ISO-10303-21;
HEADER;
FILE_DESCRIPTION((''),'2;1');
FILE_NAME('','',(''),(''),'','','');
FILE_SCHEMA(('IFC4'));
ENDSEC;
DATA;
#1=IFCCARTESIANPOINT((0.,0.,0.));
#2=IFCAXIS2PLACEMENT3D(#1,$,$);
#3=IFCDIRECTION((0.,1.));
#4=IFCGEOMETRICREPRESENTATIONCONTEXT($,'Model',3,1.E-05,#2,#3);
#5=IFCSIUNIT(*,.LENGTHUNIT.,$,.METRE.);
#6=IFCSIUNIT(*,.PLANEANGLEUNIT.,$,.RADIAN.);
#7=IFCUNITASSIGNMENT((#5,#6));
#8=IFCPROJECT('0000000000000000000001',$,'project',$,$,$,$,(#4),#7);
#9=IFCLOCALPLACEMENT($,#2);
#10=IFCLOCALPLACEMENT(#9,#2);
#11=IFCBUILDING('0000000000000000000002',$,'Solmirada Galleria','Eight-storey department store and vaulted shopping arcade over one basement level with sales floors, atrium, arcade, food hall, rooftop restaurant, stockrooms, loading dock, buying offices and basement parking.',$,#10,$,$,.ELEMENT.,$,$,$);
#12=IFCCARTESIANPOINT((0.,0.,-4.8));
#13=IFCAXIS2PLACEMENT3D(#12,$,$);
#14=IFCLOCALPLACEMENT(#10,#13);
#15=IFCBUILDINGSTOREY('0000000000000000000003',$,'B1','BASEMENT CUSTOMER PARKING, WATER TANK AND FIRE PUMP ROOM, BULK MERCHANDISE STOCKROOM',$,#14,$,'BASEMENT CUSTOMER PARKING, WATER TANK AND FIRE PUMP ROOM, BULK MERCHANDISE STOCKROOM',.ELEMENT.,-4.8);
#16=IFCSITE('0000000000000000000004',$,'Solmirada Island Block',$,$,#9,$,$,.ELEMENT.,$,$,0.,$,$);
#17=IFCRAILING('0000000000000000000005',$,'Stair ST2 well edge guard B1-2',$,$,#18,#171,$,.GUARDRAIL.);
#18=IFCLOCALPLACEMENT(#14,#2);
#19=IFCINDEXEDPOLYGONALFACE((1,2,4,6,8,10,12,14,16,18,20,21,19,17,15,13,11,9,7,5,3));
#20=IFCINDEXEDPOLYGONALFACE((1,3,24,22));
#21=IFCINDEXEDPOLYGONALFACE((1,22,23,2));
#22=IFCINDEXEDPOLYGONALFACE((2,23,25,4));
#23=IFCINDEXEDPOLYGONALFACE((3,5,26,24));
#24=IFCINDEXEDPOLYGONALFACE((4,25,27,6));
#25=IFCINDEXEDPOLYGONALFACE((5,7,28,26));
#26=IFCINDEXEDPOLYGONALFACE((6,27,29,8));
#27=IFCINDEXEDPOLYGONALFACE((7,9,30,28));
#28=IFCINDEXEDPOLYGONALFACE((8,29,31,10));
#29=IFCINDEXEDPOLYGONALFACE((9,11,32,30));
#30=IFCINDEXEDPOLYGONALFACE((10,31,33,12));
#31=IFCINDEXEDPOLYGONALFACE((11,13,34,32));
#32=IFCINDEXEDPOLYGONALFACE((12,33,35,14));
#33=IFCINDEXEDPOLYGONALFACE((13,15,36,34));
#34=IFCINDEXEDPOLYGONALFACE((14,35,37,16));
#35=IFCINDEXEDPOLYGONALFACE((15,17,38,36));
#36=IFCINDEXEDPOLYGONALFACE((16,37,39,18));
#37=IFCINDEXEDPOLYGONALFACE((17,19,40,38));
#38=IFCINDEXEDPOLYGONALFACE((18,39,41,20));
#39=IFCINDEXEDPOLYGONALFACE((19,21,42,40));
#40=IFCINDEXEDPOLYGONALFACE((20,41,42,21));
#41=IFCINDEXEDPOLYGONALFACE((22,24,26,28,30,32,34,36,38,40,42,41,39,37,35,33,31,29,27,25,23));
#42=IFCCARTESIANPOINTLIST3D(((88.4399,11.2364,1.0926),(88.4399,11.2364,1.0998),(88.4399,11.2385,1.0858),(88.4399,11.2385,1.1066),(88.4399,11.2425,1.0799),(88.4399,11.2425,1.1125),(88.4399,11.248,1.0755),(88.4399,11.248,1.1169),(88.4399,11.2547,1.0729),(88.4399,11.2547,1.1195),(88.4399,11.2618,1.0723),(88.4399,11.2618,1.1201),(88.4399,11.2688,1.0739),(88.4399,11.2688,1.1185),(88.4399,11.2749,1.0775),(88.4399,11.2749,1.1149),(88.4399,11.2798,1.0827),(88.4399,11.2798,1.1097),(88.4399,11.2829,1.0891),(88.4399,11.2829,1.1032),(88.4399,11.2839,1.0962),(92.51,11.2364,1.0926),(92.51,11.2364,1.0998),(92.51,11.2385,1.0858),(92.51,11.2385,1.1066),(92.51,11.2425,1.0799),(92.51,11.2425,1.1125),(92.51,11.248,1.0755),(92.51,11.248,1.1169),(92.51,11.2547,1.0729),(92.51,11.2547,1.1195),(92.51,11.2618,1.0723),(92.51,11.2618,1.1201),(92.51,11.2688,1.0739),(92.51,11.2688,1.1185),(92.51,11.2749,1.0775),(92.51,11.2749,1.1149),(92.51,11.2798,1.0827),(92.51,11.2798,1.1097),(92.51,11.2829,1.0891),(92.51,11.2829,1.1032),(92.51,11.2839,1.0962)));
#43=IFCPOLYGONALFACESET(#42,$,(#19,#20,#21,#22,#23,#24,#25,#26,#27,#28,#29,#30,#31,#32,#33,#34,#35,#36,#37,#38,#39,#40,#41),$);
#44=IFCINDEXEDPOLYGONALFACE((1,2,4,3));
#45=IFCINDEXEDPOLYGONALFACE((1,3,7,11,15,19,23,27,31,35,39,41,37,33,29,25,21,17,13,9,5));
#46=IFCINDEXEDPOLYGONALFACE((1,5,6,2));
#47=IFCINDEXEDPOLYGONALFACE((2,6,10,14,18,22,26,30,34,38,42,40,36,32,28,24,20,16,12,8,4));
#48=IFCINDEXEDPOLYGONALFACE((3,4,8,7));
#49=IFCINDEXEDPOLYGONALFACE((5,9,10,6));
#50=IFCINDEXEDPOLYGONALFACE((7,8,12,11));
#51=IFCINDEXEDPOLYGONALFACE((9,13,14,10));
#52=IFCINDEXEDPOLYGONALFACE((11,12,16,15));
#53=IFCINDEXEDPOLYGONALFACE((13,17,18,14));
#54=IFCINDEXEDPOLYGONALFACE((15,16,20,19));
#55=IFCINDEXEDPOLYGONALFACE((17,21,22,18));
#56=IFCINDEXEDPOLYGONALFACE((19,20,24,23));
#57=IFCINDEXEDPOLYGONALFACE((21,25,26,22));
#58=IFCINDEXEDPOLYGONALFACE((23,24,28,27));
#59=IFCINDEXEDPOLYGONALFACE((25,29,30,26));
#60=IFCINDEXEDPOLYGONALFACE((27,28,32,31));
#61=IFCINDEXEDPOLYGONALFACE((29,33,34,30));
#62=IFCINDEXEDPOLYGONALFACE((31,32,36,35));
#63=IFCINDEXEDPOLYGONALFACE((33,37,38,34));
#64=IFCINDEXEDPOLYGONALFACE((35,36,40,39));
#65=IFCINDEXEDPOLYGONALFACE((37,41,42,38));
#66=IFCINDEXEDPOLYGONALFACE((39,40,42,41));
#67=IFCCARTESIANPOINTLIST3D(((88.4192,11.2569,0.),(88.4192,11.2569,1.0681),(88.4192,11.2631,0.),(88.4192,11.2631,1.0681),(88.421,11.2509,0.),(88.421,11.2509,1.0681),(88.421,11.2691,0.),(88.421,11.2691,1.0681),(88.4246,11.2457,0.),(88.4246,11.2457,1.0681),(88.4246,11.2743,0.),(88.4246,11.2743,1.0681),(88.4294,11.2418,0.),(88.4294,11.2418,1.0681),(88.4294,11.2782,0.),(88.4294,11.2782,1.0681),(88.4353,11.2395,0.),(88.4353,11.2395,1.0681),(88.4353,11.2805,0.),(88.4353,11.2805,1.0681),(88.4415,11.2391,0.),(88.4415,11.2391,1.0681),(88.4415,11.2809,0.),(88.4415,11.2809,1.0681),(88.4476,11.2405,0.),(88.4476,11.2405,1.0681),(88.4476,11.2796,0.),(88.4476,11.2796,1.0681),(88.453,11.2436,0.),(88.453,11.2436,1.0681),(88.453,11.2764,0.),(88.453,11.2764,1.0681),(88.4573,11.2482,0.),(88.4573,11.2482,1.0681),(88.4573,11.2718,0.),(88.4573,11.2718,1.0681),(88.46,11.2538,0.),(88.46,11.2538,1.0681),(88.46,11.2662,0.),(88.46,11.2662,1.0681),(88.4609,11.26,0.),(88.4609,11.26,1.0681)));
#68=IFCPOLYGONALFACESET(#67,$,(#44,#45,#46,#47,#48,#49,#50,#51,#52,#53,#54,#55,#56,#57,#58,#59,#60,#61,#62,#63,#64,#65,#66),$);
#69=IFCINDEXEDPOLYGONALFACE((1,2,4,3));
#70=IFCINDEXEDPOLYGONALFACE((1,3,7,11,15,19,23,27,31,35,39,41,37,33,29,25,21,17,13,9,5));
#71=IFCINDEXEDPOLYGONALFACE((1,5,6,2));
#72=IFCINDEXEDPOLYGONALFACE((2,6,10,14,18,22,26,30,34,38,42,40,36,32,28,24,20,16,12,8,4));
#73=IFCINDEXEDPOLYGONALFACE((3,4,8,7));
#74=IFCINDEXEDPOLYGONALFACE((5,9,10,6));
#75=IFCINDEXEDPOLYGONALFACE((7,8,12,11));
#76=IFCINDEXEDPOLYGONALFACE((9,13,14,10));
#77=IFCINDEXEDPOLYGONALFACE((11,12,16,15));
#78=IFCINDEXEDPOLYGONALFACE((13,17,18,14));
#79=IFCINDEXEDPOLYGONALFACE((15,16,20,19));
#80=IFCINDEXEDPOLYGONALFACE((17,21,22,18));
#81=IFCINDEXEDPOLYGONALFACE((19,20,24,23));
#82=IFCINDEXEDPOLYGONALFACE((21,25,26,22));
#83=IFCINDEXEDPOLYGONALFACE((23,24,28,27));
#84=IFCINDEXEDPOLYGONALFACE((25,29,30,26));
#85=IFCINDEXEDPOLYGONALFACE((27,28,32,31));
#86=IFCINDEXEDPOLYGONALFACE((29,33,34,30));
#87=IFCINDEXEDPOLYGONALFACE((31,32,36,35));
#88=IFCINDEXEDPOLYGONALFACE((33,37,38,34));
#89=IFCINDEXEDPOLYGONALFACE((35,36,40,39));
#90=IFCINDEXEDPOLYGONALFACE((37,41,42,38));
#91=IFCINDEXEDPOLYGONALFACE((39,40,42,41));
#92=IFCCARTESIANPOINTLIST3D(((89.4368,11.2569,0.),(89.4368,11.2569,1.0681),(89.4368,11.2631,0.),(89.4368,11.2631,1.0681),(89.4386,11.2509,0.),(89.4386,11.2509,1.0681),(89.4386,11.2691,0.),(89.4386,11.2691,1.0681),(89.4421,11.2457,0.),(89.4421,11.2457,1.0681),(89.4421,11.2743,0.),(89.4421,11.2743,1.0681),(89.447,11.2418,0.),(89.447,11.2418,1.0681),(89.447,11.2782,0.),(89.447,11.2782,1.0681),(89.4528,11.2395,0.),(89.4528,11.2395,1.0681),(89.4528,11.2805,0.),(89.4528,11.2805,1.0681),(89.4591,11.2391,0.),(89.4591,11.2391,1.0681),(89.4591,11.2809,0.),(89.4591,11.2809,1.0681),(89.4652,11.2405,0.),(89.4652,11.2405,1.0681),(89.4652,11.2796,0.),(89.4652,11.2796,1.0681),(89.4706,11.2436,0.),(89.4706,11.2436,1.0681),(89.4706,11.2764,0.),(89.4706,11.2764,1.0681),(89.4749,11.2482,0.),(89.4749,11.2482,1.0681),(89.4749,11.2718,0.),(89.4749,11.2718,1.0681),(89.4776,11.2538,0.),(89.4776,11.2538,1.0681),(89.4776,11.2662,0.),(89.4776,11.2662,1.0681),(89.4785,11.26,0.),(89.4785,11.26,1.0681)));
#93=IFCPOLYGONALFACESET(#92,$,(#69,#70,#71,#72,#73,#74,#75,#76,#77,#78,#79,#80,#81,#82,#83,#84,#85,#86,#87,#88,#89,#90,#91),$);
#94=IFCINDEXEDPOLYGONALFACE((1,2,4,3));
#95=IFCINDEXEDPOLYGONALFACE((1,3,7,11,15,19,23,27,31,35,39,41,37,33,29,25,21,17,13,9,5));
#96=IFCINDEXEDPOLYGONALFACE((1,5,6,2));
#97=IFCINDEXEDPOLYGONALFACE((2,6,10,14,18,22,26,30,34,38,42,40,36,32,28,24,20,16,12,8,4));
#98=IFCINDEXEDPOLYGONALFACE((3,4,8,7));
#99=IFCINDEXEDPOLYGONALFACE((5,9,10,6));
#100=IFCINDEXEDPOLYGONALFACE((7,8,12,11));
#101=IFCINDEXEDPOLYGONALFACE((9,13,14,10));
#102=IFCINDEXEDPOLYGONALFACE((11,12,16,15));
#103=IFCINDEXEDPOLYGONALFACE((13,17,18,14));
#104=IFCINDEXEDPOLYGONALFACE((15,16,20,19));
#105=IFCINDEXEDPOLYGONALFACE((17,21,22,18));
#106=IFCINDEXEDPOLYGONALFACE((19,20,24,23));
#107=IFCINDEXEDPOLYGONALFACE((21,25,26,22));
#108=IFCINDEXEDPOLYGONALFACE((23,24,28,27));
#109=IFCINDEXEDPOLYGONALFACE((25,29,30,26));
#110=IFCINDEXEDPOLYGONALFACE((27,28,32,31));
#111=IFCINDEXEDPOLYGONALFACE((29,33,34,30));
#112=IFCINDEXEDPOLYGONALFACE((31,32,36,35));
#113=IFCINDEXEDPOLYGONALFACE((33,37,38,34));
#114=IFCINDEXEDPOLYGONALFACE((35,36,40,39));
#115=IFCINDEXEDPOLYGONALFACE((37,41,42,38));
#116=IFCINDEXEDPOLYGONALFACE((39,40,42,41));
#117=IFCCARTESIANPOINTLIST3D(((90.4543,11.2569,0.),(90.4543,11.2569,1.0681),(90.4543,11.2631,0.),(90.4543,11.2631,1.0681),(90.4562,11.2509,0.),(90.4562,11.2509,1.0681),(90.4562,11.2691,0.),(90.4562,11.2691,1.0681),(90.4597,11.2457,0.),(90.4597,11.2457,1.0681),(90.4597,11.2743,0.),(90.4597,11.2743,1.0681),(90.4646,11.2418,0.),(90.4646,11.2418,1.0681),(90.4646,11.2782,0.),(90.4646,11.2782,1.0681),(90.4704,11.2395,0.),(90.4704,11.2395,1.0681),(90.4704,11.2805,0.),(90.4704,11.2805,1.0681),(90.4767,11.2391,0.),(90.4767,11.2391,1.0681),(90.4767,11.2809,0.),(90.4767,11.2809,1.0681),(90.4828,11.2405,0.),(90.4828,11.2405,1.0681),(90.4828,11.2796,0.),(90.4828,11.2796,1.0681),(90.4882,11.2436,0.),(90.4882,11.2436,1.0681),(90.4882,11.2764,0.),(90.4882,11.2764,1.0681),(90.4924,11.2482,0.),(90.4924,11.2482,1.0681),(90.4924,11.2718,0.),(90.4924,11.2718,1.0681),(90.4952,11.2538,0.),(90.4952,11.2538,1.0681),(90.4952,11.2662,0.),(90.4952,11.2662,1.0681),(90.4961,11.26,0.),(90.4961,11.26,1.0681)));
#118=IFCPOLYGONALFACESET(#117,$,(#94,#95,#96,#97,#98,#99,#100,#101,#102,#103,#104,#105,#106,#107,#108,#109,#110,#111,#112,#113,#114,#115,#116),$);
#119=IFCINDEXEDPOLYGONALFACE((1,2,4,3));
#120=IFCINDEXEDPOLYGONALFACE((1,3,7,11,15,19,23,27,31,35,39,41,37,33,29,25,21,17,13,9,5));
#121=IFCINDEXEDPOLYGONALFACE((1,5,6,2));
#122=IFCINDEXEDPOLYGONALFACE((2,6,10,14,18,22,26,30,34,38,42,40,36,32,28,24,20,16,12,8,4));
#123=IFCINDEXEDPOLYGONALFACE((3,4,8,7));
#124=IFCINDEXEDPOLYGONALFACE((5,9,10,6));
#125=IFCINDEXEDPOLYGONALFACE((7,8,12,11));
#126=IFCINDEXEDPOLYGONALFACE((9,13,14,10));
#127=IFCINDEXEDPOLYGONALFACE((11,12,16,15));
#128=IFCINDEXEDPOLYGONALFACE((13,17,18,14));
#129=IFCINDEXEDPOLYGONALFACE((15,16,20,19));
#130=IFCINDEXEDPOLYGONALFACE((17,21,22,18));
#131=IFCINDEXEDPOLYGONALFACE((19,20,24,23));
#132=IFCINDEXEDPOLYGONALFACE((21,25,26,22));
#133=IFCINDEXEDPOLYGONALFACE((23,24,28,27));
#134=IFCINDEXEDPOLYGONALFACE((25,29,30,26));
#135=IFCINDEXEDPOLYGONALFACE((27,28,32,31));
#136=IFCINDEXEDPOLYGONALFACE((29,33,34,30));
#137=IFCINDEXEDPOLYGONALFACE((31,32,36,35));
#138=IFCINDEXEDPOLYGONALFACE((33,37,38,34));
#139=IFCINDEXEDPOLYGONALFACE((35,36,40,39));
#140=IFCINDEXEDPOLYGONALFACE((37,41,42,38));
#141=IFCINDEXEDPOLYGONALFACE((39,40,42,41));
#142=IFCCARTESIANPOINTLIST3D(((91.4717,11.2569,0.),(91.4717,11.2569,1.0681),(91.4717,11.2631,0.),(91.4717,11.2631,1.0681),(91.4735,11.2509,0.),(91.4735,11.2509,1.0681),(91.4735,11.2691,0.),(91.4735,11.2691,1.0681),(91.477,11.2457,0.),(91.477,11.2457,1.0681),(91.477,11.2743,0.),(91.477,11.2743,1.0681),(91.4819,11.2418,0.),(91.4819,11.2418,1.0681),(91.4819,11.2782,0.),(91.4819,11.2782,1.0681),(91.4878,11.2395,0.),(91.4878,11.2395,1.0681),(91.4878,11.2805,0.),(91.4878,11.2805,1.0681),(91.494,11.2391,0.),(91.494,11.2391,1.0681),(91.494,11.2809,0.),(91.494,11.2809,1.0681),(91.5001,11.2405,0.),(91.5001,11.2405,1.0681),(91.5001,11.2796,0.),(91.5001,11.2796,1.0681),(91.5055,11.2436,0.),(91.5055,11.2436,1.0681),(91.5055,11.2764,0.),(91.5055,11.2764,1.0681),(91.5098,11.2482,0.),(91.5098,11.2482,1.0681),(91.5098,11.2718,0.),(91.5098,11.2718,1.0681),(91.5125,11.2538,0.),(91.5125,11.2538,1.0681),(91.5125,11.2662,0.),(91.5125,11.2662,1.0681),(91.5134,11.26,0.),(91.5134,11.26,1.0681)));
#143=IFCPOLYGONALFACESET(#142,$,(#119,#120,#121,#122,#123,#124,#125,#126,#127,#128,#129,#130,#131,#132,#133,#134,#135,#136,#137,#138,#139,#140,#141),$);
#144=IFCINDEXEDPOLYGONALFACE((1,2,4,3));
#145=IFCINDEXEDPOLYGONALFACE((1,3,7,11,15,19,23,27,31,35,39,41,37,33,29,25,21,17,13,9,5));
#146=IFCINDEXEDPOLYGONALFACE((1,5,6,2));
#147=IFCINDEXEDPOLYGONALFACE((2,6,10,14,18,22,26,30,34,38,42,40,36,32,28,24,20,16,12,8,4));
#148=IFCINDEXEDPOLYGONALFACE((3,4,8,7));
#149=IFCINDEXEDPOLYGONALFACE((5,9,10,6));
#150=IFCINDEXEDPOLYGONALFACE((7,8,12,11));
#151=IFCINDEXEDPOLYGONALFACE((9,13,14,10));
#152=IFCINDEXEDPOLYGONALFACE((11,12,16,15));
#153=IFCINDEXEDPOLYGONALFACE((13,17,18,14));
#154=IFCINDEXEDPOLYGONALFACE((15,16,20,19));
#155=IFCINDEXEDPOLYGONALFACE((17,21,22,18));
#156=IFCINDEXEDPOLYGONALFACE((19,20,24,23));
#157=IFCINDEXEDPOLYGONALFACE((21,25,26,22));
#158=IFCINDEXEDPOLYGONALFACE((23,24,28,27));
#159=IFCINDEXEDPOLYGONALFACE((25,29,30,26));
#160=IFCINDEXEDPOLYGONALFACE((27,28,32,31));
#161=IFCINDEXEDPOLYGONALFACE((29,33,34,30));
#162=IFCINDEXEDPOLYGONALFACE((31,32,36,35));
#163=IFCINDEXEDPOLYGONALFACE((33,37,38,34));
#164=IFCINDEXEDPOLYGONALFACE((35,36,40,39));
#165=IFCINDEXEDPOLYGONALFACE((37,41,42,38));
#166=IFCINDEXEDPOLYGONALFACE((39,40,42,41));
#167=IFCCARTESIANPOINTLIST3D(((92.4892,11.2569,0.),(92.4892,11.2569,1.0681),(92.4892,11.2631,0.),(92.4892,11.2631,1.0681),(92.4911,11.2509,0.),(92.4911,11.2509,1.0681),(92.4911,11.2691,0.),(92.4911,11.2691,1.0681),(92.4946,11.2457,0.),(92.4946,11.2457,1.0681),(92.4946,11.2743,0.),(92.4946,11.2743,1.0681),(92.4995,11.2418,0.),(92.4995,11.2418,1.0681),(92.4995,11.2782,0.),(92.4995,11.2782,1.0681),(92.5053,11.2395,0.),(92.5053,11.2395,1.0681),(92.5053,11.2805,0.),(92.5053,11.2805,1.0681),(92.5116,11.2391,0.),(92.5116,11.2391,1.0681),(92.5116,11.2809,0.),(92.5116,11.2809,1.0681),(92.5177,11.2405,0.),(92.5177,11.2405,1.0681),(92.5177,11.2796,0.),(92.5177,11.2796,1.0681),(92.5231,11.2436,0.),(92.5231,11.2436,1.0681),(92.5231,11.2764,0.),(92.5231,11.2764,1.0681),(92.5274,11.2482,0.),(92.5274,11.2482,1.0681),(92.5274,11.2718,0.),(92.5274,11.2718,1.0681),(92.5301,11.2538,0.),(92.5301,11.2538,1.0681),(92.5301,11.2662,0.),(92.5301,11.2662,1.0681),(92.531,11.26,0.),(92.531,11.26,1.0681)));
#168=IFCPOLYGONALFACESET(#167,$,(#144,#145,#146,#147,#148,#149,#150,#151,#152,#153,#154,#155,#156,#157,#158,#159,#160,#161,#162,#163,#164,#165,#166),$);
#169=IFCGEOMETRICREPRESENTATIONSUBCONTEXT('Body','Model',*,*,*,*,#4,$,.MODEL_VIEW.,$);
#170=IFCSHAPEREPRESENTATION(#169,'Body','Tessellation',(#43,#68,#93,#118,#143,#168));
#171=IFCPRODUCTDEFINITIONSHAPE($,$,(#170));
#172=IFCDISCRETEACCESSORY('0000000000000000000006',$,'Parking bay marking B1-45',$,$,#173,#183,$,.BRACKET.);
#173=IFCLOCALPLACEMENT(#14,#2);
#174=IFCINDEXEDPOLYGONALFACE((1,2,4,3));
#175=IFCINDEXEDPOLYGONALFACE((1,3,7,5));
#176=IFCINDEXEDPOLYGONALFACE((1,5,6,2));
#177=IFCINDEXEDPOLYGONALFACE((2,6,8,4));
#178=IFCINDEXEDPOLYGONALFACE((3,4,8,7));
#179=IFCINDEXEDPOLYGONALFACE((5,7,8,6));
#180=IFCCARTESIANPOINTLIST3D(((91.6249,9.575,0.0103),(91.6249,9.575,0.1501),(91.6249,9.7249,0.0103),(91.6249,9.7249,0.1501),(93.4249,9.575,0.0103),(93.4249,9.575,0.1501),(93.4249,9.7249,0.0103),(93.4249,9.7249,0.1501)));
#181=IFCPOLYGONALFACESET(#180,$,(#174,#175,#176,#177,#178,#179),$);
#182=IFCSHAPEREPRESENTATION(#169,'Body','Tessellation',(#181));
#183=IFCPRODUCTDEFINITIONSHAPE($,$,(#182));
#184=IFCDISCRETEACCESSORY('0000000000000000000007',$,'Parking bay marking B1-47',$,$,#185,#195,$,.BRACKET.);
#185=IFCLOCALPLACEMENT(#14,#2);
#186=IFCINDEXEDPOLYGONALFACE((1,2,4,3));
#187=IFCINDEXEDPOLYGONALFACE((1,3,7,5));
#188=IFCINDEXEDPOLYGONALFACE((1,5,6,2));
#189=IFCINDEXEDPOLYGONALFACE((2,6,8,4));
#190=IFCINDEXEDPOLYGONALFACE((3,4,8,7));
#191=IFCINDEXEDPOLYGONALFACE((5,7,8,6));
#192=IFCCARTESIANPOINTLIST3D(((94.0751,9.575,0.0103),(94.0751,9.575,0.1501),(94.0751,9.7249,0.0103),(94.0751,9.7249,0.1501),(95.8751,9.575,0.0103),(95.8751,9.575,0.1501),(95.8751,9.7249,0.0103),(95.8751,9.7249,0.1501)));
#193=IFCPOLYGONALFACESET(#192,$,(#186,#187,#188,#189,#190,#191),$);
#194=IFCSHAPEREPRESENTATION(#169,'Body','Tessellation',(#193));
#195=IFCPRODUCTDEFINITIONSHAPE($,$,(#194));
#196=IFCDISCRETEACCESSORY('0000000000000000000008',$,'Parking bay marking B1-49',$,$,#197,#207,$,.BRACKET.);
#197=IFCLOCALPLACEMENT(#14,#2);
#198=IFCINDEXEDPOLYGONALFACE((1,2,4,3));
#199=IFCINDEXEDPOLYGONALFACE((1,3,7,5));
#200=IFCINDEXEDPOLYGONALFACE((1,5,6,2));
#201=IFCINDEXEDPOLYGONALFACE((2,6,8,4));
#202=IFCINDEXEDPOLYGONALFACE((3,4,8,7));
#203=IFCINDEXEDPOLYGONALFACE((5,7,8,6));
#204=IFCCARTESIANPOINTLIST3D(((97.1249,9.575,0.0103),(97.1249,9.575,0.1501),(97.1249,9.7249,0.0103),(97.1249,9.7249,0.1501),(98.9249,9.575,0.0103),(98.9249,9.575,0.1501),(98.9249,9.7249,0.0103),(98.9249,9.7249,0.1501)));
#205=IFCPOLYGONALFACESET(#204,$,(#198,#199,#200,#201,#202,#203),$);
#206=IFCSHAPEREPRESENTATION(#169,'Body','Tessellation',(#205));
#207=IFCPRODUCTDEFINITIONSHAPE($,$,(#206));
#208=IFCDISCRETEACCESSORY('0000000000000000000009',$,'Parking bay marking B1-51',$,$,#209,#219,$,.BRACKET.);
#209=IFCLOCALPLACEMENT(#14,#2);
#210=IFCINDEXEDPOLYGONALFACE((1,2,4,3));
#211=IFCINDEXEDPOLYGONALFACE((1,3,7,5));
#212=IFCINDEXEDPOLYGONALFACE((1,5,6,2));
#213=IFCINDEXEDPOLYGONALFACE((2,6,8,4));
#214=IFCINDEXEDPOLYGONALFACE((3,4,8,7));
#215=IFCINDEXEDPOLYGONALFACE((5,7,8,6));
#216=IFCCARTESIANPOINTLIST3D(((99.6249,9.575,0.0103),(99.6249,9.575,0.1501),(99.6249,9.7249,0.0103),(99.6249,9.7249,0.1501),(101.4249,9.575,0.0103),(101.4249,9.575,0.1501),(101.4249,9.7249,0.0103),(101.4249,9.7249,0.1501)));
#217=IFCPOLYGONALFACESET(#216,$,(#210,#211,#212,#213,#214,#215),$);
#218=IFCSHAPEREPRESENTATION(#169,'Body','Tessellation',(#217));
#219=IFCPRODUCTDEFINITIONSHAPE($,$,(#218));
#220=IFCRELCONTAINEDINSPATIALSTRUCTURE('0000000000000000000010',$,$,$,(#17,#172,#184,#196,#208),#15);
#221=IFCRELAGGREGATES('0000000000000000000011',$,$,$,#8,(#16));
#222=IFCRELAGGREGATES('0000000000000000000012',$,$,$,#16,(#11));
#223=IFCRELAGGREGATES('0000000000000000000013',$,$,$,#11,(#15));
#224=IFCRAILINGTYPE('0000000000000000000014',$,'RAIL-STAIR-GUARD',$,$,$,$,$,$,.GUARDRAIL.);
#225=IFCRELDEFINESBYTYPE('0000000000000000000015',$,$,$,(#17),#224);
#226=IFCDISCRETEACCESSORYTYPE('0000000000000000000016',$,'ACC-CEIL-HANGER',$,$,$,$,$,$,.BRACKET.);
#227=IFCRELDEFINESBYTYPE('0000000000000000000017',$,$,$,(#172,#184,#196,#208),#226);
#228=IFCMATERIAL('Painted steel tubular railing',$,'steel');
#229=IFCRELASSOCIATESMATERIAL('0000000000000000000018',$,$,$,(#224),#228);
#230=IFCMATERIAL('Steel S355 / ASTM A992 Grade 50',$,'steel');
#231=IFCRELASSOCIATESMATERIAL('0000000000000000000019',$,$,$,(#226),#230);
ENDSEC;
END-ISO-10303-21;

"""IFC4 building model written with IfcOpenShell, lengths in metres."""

from ifc_helpers import new_model, si_unit, direction, frame, origin, origin_2d, place, context, subcontext, project, spatial, rectangle, circle, extrude, material, type_object, element, save


model = new_model("IFC4")

# Units and contexts
model_context = context("Model", 3, precision=1e-05, world=origin(), true_north=direction((0.0, 1.0)))
body_context = subcontext(model_context, "Body", "Model", "MODEL_VIEW")
ifc_project = project(units=[si_unit("LENGTHUNIT", "METRE"), si_unit("PLANEANGLEUNIT", "RADIAN")], contexts=[model_context])

# Site, building, storey
site_placement = place(None, origin())
site = spatial("IfcSite", under=ifc_project, at=site_placement, Name="Solmirada Island Block", CompositionType="ELEMENT", RefElevation=0.0)
building_placement = place(site_placement, origin())
building = spatial("IfcBuilding", under=site, at=building_placement, Name="Solmirada Galleria", Description="Eight-storey department store and vaulted shopping arcade over one basement level with sales floors, atrium, arcade, food hall, rooftop restaurant, stockrooms, loading dock, buying offices and basement parking.", CompositionType="ELEMENT")
storey_placement = place(building_placement, frame((0.0, 0.0, -4.8)))
storey = spatial("IfcBuildingStorey", under=building, at=storey_placement, Name="B1", Description="BASEMENT CUSTOMER PARKING, WATER TANK AND FIRE PUMP ROOM, BULK MERCHANDISE STOCKROOM", LongName="BASEMENT CUSTOMER PARKING, WATER TANK AND FIRE PUMP ROOM, BULK MERCHANDISE STOCKROOM", CompositionType="ELEMENT", Elevation=-4.8)

# Shared definitions
ifc_material_1 = material(Name="Steel S355 / ASTM A992 Grade 50", Category="steel")

# Railing
ifc_material_2 = material(Name="Painted steel tubular railing", Category="steel")
railing_type = type_object("IfcRailingType", Name="RAIL-STAIR-GUARD", PredefinedType="GUARDRAIL", material=ifc_material_2)
railing_1_placement = place(storey_placement, frame((88.4399, 11.26, 0.0)))
element("IfcRailing", 1, at=railing_1_placement, inside=storey, type_object=railing_type, Name="Stair ST2 well edge guard B1-2", PredefinedType="GUARDRAIL", context=body_context, shape_type="SweptSolid", body=[
    extrude(circle(Radius=0.0239, at=origin_2d()), frame((0.0, 0.0, 1.0962), z_axis=(1.0, 0.0, 0.0), x_axis=(0.0, 1.0, 0.0)), (0.0, 0.0, 1.0), 4.0701),
    extrude(circle(Radius=0.021, at=origin_2d()), origin(), (0.0, 0.0, 1.0), 1.0681),
    extrude(circle(Radius=0.021, at=origin_2d()), frame((1.0176, 0.0, 0.0)), (0.0, 0.0, 1.0), 1.0681),
    extrude(circle(Radius=0.021, at=origin_2d()), frame((2.0352, 0.0, 0.0)), (0.0, 0.0, 1.0), 1.0681),
    extrude(circle(Radius=0.021, at=origin_2d()), frame((3.0525, 0.0, 0.0)), (0.0, 0.0, 1.0), 1.0681),
    extrude(circle(Radius=0.021, at=origin_2d()), frame((4.0701, 0.0, 0.0)), (0.0, 0.0, 1.0), 1.0681),
])

# Discrete accessories
discrete_accessory_type_1 = type_object("IfcDiscreteAccessoryType", Name="ACC-CEIL-HANGER", PredefinedType="BRACKET", material=ifc_material_1)
for number, where, z_axis, x_axis, name in (
    (2, (92.5249, 9.6499, 0.0103), (0.0, 0.0, 1.0), (1.0, 0.0, 0.0), "Parking bay marking B1-45"),
    (3, (94.9751, 9.6499, 0.0103), (0.0, 0.0, 1.0), (1.0, 0.0, 0.0), "Parking bay marking B1-47"),
    (4, (98.0249, 9.6499, 0.0103), (0.0, 0.0, 1.0), (1.0, 0.0, 0.0), "Parking bay marking B1-49"),
    (5, (100.5249, 9.6499, 0.0103), (0.0, 0.0, 1.0), (1.0, 0.0, 0.0), "Parking bay marking B1-51"),
):
    element("IfcDiscreteAccessory", number, at=place(storey_placement, frame(where, z_axis=z_axis, x_axis=x_axis)), inside=storey, type_object=discrete_accessory_type_1, Name=name, PredefinedType="BRACKET", context=body_context, shape_type="SweptSolid", body=[
        extrude(rectangle(XDim=1.8, YDim=0.1499, at=origin_2d()), origin(), (0.0, 0.0, 1.0), 0.1399),
    ])

save(model, "model.ifc")
